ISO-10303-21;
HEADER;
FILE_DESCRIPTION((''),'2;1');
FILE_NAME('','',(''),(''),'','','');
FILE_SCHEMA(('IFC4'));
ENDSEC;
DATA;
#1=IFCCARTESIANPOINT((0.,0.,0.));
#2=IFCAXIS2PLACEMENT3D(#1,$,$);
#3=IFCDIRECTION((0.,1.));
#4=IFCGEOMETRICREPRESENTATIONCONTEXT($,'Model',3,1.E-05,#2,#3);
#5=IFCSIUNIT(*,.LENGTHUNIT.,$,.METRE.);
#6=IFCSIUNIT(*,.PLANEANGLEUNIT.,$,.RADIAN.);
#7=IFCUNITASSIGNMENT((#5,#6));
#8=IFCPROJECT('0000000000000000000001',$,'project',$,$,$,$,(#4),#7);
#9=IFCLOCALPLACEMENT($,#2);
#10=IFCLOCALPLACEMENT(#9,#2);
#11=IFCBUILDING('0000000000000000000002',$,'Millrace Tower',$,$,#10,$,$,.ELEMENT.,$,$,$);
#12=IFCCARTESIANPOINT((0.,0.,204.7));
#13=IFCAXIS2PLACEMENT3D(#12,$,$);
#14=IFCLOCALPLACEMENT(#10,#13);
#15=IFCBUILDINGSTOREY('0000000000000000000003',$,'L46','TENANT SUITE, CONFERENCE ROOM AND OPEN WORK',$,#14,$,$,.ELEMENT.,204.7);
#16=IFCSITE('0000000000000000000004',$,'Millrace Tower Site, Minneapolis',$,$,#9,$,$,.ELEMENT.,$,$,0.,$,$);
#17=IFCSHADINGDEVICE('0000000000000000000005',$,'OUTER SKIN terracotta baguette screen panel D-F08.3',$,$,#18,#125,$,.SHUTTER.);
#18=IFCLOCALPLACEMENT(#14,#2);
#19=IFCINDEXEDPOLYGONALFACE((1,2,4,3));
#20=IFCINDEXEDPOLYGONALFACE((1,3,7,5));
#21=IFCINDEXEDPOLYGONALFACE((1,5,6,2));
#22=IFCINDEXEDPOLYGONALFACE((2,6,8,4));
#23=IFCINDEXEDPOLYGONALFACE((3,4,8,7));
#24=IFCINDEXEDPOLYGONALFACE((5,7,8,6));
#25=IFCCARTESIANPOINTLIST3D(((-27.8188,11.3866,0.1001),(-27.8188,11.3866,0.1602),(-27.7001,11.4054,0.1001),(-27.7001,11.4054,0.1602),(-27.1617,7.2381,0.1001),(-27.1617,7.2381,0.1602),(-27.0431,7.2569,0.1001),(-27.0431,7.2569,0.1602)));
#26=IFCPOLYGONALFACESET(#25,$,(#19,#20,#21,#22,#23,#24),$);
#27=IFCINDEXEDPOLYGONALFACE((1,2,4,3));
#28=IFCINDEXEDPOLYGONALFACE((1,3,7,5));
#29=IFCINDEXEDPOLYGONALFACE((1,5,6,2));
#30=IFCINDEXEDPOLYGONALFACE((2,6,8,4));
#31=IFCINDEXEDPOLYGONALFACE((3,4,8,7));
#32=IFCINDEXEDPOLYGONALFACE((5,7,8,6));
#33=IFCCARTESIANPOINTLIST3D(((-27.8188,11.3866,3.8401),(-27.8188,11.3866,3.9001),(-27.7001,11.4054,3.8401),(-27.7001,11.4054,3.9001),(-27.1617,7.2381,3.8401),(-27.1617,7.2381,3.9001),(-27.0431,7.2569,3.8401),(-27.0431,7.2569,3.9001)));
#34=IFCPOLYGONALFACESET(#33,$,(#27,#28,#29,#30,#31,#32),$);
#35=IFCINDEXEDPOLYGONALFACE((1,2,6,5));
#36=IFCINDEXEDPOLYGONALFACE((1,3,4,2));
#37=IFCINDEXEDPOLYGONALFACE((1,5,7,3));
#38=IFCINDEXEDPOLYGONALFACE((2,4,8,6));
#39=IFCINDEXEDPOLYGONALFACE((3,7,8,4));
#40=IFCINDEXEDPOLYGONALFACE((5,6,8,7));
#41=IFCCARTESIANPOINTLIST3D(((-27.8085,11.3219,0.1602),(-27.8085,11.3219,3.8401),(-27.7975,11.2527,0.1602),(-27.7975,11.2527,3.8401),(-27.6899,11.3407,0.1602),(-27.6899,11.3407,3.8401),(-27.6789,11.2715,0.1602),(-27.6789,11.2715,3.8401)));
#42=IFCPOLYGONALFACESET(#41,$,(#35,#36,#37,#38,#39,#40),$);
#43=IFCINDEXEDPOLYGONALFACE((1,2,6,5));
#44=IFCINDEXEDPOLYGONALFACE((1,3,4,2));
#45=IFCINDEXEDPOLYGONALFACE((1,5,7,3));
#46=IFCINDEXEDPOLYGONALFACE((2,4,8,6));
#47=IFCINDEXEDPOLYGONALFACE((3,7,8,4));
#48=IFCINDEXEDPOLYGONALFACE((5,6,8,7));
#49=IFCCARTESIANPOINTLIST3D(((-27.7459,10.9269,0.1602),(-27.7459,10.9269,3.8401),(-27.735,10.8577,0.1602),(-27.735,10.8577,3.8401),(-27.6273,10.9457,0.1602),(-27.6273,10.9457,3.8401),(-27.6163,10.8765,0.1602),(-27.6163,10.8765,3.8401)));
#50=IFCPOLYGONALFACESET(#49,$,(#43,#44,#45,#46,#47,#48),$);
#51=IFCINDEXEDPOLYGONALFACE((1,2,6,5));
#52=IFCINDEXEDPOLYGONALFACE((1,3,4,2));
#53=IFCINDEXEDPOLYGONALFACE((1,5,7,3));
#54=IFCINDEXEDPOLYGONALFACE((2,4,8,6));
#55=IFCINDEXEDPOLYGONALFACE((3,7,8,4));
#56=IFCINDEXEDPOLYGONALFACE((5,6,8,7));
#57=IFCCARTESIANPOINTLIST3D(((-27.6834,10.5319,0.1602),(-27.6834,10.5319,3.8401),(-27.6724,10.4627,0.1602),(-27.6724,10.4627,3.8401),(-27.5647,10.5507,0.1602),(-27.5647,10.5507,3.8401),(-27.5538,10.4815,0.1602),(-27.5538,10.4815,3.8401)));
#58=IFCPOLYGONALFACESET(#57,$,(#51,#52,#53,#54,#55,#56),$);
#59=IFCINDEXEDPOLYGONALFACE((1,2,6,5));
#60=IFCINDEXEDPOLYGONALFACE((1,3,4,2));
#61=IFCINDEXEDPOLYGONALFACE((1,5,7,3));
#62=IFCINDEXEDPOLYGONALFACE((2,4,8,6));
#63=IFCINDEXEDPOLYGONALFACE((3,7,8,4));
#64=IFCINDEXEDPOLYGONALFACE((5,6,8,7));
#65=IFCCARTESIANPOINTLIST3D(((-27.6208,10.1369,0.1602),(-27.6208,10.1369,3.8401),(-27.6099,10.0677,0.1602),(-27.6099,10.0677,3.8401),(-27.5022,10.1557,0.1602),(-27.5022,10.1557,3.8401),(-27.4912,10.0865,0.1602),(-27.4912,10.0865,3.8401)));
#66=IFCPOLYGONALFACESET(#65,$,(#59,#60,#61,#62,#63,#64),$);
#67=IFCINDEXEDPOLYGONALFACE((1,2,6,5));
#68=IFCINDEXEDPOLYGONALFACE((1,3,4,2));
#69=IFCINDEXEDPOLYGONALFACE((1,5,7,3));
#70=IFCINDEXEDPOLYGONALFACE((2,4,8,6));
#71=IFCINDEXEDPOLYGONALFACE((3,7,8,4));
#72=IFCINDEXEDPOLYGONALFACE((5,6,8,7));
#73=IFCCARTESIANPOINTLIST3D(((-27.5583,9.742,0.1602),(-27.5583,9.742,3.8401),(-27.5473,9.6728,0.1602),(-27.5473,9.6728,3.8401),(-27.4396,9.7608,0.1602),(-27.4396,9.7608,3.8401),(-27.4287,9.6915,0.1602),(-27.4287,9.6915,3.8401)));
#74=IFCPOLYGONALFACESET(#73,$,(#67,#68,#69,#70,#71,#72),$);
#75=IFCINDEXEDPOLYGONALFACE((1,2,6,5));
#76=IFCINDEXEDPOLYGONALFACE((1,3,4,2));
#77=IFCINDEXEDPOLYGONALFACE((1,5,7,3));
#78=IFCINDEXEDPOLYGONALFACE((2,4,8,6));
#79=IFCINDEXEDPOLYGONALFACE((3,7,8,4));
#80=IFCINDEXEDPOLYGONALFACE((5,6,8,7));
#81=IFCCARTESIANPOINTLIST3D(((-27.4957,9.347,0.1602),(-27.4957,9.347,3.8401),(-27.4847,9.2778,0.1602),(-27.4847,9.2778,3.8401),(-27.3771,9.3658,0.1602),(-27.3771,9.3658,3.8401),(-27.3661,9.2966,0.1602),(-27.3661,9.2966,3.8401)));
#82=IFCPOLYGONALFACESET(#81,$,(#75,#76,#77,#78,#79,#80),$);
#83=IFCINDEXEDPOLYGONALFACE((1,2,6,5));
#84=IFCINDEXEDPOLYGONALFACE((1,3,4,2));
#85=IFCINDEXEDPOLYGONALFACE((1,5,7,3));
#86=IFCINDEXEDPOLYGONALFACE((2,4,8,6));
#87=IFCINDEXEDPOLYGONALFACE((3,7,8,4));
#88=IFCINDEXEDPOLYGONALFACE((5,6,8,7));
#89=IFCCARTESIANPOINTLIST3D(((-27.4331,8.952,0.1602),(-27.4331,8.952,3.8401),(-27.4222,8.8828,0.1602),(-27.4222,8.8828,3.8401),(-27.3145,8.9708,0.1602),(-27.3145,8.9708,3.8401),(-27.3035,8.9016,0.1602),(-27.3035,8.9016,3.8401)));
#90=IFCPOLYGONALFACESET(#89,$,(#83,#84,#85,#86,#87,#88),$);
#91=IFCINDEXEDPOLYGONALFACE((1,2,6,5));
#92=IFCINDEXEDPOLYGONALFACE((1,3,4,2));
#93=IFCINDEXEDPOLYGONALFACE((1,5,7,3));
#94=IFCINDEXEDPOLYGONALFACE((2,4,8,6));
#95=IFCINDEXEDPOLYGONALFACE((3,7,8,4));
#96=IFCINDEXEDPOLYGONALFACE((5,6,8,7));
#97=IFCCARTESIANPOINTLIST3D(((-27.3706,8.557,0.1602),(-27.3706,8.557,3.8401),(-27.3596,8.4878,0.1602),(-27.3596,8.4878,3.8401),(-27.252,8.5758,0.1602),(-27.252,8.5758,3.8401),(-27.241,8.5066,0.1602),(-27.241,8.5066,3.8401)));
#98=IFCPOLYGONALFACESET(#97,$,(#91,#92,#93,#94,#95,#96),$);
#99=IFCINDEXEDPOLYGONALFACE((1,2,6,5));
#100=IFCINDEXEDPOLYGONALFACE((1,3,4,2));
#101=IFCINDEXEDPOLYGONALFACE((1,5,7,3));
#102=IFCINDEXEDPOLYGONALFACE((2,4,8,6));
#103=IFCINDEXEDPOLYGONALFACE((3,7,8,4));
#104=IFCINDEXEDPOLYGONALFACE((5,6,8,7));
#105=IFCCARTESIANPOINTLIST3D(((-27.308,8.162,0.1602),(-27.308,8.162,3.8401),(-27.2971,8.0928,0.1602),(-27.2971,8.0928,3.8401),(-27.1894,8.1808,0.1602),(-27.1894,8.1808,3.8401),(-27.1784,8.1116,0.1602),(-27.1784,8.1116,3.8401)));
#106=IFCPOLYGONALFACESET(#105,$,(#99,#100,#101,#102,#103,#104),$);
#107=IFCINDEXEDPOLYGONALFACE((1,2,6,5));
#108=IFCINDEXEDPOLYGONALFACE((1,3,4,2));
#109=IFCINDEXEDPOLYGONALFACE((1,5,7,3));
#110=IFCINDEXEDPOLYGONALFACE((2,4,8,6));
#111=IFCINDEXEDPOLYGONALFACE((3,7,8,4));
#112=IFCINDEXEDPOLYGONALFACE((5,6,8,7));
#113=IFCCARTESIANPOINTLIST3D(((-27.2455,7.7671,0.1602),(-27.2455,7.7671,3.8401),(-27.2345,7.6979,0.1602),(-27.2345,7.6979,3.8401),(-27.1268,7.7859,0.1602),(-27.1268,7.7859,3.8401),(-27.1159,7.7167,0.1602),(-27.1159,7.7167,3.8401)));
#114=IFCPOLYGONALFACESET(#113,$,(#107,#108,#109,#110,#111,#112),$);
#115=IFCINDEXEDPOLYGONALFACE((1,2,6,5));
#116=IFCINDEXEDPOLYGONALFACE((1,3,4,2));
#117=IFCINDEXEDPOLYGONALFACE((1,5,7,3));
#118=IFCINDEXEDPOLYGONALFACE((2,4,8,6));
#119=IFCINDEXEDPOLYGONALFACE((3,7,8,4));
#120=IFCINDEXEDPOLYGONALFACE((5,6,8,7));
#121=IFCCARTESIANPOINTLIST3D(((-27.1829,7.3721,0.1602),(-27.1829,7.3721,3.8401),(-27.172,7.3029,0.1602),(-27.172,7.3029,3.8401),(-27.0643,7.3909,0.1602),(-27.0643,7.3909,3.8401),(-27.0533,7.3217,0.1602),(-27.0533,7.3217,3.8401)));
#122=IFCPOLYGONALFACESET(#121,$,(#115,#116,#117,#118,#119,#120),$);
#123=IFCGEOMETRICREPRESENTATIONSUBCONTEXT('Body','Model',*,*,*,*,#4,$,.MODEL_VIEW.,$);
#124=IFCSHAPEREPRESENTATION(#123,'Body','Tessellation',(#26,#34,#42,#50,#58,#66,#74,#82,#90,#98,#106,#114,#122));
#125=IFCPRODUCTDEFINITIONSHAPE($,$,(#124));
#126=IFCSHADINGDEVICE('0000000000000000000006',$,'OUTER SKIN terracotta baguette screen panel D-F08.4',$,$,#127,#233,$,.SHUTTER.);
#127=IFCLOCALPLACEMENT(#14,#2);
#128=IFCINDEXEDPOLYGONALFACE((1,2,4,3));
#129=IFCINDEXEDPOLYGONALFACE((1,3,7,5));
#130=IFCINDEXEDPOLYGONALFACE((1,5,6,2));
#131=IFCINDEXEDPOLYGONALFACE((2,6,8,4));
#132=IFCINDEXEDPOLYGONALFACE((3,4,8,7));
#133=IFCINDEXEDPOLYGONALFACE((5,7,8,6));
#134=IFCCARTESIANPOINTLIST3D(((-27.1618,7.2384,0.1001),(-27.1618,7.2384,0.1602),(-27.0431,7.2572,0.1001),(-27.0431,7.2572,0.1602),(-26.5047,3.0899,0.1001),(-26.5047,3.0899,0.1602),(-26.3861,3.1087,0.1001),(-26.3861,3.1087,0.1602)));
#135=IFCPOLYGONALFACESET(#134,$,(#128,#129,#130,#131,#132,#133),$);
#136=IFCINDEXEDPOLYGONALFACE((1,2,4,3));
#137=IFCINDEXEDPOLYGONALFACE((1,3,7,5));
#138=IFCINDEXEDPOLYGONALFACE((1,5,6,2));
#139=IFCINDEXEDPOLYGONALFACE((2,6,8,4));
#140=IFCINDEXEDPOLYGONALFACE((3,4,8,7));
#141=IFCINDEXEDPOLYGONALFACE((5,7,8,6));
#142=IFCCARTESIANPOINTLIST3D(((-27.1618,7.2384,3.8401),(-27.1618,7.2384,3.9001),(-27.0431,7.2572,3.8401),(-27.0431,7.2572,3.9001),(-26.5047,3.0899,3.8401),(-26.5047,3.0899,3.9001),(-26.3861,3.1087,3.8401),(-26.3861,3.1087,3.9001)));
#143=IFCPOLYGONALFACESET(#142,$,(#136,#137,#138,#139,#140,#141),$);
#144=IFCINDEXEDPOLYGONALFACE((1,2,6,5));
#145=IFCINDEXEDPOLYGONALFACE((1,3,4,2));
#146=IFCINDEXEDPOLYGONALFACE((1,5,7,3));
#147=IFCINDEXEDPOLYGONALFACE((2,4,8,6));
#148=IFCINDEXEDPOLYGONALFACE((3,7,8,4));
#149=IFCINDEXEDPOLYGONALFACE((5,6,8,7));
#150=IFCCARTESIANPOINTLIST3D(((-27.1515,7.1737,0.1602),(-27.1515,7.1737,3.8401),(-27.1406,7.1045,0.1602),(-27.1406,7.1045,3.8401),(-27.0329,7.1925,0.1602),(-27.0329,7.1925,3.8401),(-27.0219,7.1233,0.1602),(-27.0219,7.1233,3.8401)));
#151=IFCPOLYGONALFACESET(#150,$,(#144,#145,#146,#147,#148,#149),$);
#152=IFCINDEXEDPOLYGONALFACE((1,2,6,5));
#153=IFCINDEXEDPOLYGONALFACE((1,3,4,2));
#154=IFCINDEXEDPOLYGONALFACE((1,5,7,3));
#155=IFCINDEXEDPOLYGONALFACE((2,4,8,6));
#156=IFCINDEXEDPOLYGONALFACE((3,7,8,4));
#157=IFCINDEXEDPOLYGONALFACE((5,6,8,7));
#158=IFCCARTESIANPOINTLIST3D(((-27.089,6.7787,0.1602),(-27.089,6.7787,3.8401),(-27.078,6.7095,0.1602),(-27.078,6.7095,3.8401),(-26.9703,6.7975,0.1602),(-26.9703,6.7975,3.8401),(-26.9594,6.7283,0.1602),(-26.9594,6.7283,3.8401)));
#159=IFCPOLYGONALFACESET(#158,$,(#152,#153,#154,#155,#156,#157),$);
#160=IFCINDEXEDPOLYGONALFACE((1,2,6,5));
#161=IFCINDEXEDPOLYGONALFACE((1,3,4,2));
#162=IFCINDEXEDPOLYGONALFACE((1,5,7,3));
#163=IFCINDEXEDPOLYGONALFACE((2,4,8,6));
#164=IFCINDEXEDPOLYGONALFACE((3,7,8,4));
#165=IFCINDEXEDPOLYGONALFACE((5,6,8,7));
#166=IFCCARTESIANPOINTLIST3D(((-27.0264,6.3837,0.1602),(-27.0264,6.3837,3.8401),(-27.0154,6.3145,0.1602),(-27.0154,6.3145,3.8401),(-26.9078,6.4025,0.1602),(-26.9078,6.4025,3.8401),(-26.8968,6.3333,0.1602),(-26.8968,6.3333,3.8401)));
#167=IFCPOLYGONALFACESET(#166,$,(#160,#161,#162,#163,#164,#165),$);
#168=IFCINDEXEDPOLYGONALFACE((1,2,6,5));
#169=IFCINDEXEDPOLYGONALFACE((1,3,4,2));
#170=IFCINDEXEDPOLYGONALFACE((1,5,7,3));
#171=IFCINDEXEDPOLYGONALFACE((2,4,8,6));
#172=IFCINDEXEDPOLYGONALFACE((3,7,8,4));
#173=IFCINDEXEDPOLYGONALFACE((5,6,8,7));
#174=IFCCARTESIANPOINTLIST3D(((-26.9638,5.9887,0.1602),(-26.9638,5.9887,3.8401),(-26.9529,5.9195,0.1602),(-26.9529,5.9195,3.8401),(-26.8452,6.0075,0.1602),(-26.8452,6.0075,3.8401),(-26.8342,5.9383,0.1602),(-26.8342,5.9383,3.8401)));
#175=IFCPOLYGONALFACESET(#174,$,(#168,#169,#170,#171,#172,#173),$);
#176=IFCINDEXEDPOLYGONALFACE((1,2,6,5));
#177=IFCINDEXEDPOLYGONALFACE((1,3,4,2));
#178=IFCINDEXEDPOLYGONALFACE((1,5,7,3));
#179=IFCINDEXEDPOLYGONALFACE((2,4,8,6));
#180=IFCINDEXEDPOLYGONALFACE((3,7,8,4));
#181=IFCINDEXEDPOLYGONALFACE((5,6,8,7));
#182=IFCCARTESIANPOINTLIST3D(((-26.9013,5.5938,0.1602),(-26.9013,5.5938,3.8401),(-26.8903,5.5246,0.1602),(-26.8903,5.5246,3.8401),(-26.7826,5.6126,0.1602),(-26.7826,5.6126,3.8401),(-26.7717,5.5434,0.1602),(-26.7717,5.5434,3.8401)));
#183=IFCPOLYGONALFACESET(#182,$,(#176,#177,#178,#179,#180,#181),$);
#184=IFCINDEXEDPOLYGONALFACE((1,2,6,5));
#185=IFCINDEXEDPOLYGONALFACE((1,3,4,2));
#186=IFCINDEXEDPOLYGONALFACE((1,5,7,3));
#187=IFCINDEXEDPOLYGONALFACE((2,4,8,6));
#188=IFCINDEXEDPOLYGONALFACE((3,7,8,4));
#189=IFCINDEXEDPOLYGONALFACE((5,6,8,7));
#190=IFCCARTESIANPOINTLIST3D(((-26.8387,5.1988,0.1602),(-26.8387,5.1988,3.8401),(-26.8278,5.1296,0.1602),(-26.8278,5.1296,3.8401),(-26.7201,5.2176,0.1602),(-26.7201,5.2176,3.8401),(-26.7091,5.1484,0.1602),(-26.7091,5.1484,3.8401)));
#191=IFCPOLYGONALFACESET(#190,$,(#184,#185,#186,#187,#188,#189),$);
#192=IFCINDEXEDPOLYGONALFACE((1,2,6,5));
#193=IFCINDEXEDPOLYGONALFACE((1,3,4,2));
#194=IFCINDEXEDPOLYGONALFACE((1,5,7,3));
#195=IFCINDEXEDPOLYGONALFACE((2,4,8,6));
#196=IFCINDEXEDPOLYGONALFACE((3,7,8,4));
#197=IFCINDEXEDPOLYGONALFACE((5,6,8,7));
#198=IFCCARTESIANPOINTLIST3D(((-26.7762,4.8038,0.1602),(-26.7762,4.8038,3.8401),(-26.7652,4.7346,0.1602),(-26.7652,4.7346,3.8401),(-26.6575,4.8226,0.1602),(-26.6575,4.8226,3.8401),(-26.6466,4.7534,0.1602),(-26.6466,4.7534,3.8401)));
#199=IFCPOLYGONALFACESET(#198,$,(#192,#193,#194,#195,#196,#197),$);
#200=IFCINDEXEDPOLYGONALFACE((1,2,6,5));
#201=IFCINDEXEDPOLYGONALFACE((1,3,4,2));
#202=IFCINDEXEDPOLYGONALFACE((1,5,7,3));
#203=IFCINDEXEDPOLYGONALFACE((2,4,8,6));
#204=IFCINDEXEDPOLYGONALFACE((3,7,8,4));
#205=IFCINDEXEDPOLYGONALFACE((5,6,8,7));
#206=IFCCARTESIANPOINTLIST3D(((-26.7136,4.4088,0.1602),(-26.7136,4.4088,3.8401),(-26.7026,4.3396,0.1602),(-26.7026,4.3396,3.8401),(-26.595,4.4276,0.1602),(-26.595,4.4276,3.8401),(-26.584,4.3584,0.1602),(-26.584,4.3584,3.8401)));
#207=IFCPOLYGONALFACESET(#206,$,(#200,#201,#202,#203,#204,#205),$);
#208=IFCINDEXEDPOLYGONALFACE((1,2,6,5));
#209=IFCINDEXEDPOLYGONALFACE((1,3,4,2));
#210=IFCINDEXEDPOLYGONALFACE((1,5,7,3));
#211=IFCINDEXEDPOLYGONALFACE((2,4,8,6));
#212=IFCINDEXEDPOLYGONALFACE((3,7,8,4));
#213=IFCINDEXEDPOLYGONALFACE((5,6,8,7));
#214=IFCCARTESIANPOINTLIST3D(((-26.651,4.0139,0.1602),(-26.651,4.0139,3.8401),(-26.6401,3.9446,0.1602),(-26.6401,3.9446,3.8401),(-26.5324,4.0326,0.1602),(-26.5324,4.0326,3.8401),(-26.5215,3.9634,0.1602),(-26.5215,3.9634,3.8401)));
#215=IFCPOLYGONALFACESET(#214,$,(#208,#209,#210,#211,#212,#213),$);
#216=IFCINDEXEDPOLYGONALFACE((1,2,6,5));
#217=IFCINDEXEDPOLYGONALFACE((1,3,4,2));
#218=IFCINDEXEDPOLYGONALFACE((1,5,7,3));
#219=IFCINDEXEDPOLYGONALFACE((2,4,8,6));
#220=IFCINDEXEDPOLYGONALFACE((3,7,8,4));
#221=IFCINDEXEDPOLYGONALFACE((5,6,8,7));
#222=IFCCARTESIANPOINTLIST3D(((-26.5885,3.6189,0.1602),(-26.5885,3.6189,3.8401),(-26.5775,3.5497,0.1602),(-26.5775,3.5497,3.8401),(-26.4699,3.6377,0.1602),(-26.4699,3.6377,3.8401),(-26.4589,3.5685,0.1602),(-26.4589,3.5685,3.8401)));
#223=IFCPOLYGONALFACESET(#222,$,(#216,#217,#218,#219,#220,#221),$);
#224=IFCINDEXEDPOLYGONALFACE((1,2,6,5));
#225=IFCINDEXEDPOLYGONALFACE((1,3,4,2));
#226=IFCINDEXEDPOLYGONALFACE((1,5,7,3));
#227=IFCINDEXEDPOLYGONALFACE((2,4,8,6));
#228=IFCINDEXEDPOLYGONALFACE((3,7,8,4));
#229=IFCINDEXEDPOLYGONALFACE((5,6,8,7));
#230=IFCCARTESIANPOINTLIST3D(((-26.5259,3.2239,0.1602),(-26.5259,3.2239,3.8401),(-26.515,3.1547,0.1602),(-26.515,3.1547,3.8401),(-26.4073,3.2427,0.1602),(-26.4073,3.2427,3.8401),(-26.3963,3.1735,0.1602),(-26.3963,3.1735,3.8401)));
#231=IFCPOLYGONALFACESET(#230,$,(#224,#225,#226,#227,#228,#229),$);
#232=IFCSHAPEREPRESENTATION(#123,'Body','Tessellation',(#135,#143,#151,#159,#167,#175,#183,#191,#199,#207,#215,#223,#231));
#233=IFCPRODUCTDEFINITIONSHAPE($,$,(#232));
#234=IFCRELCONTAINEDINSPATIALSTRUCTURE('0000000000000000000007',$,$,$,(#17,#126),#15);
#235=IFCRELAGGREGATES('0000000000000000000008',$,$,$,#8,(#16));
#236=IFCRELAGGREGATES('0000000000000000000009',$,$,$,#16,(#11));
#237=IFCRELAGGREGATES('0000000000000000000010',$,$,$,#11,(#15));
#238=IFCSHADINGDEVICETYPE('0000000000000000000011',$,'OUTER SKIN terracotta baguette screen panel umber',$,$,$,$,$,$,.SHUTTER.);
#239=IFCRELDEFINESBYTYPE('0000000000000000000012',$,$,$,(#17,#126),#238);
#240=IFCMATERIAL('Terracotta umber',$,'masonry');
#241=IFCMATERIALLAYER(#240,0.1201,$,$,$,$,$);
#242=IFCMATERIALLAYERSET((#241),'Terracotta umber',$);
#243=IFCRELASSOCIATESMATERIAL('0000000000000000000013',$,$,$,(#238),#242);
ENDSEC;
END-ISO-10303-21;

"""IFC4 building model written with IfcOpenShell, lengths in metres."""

from ifc_helpers import new_model, entity, si_unit, direction, frame, frame_2d, origin, origin_2d, place, context, subcontext, project, spatial, rectangle, extrude, source, transform, mapped, material, layer, layer_set, type_object, element, save


model = new_model("IFC4")

# Units and contexts
model_context = context("Model", 3, precision=1e-05, world=origin(), true_north=direction((0.0, 1.0)))
body_context = subcontext(model_context, "Body", "Model", "MODEL_VIEW")
ifc_project = project(units=[si_unit("LENGTHUNIT", "METRE"), si_unit("PLANEANGLEUNIT", "RADIAN")], contexts=[model_context])

# Site, building, storey
site_placement = place(None, origin())
site = spatial("IfcSite", under=ifc_project, at=site_placement, Name="Millrace Tower Site, Minneapolis", CompositionType="ELEMENT", RefElevation=0.0)
building_placement = place(site_placement, origin())
building = spatial("IfcBuilding", under=site, at=building_placement, Name="Millrace Tower", CompositionType="ELEMENT")
storey_placement = place(building_placement, frame((0.0, 0.0, 204.7)))
storey = spatial("IfcBuildingStorey", under=building, at=storey_placement, Name="L46", Description="TENANT SUITE, CONFERENCE ROOM AND OPEN WORK", CompositionType="ELEMENT", Elevation=204.7)

# Shading devices
ifc_material_1 = material(Name="Terracotta umber", Category="masonry")
ifc_layer_1 = layer(ifc_material_1, 0.1201)
ifc_layer_set_1 = layer_set([ifc_layer_1], Name="Terracotta umber")
shading_device_type = type_object("IfcShadingDeviceType", Name="OUTER SKIN terracotta baguette screen panel umber", PredefinedType="SHUTTER", material=ifc_layer_set_1)
cartesian_point = entity("IfcCartesianPoint", [-2.1001, 0.0601])
shared_polyline = entity("IfcPolyline", [cartesian_point, entity("IfcCartesianPoint", [2.1001, 0.0601]), entity("IfcCartesianPoint", [2.1001, -0.0601]), entity("IfcCartesianPoint", [-2.1001, -0.0601]), cartesian_point])
shared_shape = source(origin(), body_context, "Body", "SweptSolid", [
    entity("IfcExtrudedAreaSolid", entity("IfcArbitraryClosedProfileDef", "AREA", None, shared_polyline), entity("IfcAxis2Placement3D", entity("IfcCartesianPoint", [0.0, 0.0, 0.0])), entity("IfcDirection", [0.0, 0.0, 1.0]), 0.0601),
    entity("IfcExtrudedAreaSolid", entity("IfcArbitraryClosedProfileDef", "AREA", None, shared_polyline), entity("IfcAxis2Placement3D", entity("IfcCartesianPoint", [0.0, 0.0, 3.74])), entity("IfcDirection", [0.0, 0.0, 1.0]), 0.0601),
    extrude(rectangle(XDim=0.0701, YDim=0.1201, at=frame_2d((-1.9995, 0.0))), frame((0.0, 0.0, 0.0601)), (0.0, 0.0, 1.0), 3.6799),
    extrude(rectangle(XDim=0.0701, YDim=0.1201, at=frame_2d((-1.5996, 0.0))), frame((0.0, 0.0, 0.0601)), (0.0, 0.0, 1.0), 3.6799),
    extrude(rectangle(XDim=0.0701, YDim=0.1201, at=frame_2d((-1.1997, 0.0))), frame((0.0, 0.0, 0.0601)), (0.0, 0.0, 1.0), 3.6799),
    extrude(rectangle(XDim=0.0701, YDim=0.1201, at=frame_2d((-0.7998, 0.0))), frame((0.0, 0.0, 0.0601)), (0.0, 0.0, 1.0), 3.6799),
    extrude(rectangle(XDim=0.0701, YDim=0.1201, at=frame_2d((-0.3999, 0.0))), frame((0.0, 0.0, 0.0601)), (0.0, 0.0, 1.0), 3.6799),
    extrude(rectangle(XDim=0.0701, YDim=0.1201, at=origin_2d()), frame((0.0, 0.0, 0.0601)), (0.0, 0.0, 1.0), 3.6799),
    extrude(rectangle(XDim=0.0701, YDim=0.1201, at=frame_2d((0.3999, 0.0))), frame((0.0, 0.0, 0.0601)), (0.0, 0.0, 1.0), 3.6799),
    extrude(rectangle(XDim=0.0701, YDim=0.1201, at=frame_2d((0.7998, 0.0))), frame((0.0, 0.0, 0.0601)), (0.0, 0.0, 1.0), 3.6799),
    extrude(rectangle(XDim=0.0701, YDim=0.1201, at=frame_2d((1.1997, 0.0))), frame((0.0, 0.0, 0.0601)), (0.0, 0.0, 1.0), 3.6799),
    extrude(rectangle(XDim=0.0701, YDim=0.1201, at=frame_2d((1.5996, 0.0))), frame((0.0, 0.0, 0.0601)), (0.0, 0.0, 1.0), 3.6799),
    extrude(rectangle(XDim=0.0701, YDim=0.1201, at=frame_2d((1.9995, 0.0))), frame((0.0, 0.0, 0.0601)), (0.0, 0.0, 1.0), 3.6799),
])
for number, where, z_axis, x_axis, name in (
    (1, (-27.4309, 9.3218, 0.1001), (0.0, 0.0, 1.0), (0.156434, -0.987688, 0.0), "OUTER SKIN terracotta baguette screen panel D-F08.3"),
    (2, (-26.7739, 5.1736, 0.1001), (0.0, 0.0, 1.0), (0.156434, -0.987688, 0.0), "OUTER SKIN terracotta baguette screen panel D-F08.4"),
):
    element("IfcShadingDevice", number, at=place(storey_placement, frame(where, z_axis=z_axis, x_axis=x_axis)), inside=storey, type_object=shading_device_type, Name=name, PredefinedType="SHUTTER", context=body_context, shape_type="MappedRepresentation", body=[
        mapped(shared_shape, transform((0.0, 0.0, 0.0), scale=1.0)),
    ])

save(model, "model.ifc")
